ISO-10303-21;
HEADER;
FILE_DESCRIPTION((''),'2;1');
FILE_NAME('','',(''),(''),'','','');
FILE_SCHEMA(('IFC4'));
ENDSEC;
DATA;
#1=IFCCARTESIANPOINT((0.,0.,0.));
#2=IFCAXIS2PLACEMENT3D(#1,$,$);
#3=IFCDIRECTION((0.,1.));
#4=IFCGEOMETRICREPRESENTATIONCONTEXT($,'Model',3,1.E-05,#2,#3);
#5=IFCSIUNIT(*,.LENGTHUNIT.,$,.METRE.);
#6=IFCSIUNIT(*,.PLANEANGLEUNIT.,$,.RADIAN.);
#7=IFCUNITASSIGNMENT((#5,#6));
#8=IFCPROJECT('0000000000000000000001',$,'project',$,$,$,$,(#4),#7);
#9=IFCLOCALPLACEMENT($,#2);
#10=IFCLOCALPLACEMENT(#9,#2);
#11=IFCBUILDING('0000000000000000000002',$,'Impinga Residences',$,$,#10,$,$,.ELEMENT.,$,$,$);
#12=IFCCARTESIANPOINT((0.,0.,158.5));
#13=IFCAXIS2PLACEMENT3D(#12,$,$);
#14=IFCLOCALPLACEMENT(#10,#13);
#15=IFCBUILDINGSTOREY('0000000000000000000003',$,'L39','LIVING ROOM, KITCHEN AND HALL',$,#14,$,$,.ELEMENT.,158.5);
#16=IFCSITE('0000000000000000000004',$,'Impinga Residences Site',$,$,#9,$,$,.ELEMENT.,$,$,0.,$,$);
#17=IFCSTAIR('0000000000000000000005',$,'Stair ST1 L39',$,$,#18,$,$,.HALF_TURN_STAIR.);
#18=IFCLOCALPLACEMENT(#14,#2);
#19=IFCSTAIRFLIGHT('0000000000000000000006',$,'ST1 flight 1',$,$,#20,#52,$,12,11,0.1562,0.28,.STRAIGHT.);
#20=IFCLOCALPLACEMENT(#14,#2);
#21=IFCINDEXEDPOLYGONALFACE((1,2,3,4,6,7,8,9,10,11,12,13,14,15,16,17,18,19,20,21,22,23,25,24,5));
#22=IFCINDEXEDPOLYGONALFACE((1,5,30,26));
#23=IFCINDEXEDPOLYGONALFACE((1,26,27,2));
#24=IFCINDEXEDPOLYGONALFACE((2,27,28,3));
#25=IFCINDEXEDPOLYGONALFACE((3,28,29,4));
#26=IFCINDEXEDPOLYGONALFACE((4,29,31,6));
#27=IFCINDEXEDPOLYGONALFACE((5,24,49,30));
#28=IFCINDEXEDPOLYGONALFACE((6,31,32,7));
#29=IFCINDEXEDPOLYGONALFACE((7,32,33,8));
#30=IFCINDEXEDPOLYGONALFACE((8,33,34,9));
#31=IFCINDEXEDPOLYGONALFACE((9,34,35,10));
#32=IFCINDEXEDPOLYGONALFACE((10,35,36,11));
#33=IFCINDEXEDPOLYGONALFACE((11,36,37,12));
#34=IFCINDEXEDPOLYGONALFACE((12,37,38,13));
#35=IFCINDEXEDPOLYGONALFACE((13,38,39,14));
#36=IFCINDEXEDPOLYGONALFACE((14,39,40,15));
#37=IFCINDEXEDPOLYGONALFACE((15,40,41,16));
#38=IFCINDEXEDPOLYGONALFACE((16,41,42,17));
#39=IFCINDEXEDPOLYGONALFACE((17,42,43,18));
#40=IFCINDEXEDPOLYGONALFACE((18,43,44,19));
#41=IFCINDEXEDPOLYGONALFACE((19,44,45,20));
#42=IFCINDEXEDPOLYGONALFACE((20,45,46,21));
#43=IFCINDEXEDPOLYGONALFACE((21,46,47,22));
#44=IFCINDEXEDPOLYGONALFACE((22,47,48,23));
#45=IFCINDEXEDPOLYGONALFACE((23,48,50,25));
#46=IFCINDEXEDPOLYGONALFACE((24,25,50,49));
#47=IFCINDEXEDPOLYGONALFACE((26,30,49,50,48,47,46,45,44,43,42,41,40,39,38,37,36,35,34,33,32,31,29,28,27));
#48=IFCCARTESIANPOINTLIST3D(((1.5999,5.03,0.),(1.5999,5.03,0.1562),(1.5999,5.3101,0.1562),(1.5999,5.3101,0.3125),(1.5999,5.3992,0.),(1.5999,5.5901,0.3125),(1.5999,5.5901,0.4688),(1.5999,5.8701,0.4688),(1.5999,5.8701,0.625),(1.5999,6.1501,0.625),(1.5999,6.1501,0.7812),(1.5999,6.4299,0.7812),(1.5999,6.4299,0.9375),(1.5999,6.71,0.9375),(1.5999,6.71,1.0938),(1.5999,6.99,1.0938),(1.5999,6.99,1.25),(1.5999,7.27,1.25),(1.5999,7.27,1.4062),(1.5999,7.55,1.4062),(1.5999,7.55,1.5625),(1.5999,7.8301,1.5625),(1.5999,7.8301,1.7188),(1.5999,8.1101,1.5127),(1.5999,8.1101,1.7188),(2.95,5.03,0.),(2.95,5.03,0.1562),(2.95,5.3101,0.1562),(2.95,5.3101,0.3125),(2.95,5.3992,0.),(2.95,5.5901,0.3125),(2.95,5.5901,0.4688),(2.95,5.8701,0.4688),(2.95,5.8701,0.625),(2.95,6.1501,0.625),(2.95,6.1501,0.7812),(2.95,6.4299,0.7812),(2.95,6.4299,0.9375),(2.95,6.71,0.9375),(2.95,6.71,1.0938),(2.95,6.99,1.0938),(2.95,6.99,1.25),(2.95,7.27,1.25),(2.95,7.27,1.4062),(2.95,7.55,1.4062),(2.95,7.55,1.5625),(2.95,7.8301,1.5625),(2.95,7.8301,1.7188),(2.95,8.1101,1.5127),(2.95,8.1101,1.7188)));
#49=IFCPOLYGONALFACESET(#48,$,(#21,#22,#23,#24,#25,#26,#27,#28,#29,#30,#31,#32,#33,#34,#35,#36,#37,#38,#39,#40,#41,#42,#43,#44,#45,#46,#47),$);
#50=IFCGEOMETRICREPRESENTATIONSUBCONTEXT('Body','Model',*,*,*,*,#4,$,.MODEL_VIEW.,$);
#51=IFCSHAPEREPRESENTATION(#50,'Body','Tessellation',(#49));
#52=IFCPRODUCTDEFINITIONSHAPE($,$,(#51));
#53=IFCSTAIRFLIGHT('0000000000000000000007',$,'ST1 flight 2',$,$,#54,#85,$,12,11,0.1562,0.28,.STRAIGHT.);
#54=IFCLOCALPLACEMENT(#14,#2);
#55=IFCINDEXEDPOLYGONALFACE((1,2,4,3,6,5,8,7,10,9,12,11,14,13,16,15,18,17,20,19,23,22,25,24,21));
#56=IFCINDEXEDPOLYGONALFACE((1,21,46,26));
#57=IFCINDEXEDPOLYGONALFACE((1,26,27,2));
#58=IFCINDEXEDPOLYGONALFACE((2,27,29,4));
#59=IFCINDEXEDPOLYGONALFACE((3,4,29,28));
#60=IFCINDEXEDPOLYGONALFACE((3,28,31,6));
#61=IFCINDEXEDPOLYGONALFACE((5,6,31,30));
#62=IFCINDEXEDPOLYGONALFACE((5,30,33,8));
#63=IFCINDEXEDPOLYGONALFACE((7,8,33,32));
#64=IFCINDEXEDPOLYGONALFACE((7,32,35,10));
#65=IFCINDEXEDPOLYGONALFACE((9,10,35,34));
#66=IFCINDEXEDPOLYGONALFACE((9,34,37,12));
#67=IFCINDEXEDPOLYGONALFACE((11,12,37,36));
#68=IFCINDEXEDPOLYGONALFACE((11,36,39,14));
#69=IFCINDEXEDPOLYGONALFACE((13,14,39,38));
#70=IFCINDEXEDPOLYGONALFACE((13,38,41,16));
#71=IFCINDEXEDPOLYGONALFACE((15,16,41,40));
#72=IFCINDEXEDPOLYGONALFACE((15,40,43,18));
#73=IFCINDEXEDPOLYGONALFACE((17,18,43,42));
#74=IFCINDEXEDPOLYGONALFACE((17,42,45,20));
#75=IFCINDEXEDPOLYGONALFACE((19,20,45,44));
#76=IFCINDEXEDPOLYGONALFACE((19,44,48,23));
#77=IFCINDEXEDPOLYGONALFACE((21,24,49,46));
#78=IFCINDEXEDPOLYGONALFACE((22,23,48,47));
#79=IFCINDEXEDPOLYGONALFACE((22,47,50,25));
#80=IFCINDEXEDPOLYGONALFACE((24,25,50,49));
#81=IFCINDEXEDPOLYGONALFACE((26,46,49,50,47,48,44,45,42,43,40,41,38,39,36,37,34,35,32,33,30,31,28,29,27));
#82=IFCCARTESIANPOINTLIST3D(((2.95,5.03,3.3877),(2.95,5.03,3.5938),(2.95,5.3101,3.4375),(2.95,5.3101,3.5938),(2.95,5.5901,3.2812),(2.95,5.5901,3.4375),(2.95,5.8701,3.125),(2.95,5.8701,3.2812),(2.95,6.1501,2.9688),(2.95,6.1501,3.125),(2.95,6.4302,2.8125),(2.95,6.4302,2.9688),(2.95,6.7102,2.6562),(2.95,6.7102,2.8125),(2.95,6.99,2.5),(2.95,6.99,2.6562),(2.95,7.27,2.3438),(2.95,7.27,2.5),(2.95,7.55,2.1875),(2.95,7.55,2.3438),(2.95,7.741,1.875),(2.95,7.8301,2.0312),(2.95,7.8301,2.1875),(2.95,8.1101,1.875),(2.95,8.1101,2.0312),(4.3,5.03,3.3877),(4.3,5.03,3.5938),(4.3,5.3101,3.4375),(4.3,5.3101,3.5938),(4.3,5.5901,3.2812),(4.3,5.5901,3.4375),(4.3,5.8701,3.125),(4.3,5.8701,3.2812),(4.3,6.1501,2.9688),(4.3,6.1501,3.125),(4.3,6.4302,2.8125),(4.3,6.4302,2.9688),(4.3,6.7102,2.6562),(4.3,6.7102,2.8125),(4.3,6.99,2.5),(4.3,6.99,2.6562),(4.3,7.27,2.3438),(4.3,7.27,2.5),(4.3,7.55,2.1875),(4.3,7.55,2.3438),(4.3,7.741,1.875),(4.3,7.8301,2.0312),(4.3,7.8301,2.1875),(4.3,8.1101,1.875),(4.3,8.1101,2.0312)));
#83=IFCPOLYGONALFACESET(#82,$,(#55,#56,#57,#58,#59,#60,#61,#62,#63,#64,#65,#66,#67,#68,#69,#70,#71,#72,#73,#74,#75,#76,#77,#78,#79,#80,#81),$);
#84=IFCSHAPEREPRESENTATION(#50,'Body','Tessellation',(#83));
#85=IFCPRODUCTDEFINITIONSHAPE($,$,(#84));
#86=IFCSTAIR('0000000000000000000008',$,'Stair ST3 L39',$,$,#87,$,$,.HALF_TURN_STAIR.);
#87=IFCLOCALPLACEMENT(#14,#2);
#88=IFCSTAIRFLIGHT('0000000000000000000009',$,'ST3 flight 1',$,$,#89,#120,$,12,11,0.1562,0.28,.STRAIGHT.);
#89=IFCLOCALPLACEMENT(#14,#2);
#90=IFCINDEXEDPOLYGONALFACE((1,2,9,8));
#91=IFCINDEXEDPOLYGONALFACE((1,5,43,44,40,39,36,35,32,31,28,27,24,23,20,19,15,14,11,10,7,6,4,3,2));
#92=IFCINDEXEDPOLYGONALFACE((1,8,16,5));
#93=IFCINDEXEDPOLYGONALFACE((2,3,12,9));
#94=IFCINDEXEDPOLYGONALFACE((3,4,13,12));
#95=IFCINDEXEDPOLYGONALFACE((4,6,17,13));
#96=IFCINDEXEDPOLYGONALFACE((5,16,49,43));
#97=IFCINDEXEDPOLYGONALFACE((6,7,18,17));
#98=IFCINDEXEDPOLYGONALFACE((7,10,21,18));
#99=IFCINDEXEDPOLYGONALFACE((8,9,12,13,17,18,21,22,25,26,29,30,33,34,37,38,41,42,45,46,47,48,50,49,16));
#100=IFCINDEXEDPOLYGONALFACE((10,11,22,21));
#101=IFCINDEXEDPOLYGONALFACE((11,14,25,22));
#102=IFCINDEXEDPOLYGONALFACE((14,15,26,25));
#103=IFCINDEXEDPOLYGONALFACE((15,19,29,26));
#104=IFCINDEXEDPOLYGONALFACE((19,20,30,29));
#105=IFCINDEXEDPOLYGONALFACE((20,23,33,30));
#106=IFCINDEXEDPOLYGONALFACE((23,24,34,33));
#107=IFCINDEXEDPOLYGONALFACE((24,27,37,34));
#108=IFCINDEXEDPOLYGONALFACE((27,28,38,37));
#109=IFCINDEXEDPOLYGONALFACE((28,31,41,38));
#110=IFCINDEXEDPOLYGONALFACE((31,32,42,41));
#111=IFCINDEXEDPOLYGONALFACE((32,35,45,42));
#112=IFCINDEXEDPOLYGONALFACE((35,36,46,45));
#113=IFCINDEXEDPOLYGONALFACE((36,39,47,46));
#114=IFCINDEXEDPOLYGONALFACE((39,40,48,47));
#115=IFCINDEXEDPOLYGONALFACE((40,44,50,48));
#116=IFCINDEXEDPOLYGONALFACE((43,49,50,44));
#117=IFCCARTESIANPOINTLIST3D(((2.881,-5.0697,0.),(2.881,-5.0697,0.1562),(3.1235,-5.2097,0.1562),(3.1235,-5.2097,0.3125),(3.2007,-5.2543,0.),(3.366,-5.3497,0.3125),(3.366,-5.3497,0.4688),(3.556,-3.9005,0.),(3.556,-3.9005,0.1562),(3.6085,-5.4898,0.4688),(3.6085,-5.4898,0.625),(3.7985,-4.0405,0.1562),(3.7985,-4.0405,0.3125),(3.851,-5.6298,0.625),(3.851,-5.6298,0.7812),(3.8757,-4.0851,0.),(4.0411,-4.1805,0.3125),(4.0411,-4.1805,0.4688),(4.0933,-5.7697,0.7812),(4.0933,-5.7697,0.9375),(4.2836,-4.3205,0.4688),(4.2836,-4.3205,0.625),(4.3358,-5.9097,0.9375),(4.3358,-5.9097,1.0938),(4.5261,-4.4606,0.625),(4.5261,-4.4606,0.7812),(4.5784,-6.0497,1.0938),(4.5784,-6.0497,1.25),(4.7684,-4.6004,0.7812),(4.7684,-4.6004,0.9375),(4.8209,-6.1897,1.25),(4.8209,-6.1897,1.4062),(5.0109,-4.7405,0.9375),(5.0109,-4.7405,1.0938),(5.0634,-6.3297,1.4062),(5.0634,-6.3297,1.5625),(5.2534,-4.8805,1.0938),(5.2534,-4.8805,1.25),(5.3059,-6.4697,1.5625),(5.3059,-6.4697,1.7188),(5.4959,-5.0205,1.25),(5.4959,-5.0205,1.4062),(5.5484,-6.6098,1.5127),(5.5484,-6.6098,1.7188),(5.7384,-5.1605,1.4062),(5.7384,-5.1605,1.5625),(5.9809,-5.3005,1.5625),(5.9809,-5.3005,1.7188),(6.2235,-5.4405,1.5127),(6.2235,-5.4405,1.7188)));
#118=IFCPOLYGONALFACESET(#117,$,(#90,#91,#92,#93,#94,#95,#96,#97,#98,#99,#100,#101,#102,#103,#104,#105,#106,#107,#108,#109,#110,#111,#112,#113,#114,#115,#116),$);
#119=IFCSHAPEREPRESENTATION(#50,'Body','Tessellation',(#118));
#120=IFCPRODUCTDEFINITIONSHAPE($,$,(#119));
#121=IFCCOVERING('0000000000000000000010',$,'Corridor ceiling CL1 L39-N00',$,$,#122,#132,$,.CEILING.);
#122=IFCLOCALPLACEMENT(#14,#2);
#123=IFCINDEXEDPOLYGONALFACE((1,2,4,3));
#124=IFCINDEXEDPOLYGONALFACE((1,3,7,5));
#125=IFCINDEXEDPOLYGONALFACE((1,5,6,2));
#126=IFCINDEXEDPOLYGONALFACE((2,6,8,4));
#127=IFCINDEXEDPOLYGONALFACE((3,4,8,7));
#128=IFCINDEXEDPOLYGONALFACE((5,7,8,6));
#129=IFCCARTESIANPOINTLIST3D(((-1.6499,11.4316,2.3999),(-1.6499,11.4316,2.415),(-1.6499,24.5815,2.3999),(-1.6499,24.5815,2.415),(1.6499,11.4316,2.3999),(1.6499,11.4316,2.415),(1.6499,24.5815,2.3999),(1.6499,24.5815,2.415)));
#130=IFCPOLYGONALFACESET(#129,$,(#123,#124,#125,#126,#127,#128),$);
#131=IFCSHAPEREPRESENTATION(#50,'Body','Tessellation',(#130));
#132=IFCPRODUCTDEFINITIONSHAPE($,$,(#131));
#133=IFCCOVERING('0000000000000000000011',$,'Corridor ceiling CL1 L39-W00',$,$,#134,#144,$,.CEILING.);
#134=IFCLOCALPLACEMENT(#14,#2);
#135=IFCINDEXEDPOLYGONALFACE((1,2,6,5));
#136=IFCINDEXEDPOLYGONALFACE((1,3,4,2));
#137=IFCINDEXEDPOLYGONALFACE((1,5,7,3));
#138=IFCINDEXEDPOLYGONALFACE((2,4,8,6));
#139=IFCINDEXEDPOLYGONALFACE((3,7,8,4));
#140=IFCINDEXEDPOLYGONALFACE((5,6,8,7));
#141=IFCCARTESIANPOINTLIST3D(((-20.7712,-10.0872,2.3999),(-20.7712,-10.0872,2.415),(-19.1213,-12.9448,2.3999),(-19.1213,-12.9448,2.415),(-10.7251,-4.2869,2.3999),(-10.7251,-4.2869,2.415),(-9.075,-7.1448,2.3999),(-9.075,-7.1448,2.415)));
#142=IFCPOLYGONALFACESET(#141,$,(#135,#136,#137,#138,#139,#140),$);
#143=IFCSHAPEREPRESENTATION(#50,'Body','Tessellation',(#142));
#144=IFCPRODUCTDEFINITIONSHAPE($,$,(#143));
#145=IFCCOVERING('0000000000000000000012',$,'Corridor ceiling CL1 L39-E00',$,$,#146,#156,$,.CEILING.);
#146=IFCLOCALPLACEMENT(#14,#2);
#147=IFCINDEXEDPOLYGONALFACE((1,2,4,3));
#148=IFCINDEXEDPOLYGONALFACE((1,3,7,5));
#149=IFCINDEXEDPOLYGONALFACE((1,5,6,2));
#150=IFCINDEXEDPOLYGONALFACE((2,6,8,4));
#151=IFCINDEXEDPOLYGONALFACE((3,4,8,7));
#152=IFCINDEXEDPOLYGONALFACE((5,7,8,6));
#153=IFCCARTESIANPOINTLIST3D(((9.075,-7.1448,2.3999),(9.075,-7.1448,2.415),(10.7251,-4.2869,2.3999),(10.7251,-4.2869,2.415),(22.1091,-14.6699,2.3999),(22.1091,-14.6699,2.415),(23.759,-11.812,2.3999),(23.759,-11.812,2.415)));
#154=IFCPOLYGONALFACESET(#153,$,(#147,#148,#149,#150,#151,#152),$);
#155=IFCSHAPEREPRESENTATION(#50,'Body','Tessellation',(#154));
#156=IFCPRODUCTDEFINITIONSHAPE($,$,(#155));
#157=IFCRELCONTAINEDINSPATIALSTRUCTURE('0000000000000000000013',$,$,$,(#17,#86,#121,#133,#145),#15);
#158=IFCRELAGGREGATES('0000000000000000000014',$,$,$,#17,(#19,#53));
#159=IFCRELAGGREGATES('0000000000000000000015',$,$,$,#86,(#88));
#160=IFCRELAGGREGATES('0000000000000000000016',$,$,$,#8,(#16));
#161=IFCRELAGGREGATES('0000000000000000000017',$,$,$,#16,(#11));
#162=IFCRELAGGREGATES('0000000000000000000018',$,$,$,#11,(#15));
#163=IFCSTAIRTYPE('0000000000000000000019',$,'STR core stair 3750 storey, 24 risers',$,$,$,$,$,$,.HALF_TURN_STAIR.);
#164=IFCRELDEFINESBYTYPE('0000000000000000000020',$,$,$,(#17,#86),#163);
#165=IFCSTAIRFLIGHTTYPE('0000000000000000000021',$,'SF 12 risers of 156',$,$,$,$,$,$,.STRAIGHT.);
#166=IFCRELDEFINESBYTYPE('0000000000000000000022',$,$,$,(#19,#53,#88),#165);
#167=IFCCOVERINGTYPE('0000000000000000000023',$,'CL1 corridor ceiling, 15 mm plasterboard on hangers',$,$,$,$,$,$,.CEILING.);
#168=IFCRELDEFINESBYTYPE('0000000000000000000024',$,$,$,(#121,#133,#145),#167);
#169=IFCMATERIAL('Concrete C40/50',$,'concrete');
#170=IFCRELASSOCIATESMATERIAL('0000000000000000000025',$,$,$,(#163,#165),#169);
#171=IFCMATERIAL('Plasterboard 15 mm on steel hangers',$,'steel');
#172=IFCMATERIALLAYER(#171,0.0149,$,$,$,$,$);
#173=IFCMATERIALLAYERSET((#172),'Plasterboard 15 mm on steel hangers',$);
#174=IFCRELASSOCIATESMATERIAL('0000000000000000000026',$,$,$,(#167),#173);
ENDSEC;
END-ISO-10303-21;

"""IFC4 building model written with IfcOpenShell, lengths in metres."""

from ifc_helpers import new_model, si_unit, direction, frame, origin, place, context, subcontext, project, spatial, polyline, outline, extrude, material, layer, layer_set, type_object, element, aggregate, save


model = new_model("IFC4")

# Units and contexts
model_context = context("Model", 3, precision=1e-05, world=origin(), true_north=direction((0.0, 1.0)))
body_context = subcontext(model_context, "Body", "Model", "MODEL_VIEW")
ifc_project = project(units=[si_unit("LENGTHUNIT", "METRE"), si_unit("PLANEANGLEUNIT", "RADIAN")], contexts=[model_context])

# Site, building, storey
site_placement = place(None, origin())
site = spatial("IfcSite", under=ifc_project, at=site_placement, Name="Impinga Residences Site", CompositionType="ELEMENT", RefElevation=0.0)
building_placement = place(site_placement, origin())
building = spatial("IfcBuilding", under=site, at=building_placement, Name="Impinga Residences", CompositionType="ELEMENT")
storey_placement = place(building_placement, frame((0.0, 0.0, 158.5)))
storey = spatial("IfcBuildingStorey", under=building, at=storey_placement, Name="L39", Description="LIVING ROOM, KITCHEN AND HALL", CompositionType="ELEMENT", Elevation=158.5)

# Shared definitions
ifc_material_1 = material(Name="Concrete C40/50", Category="concrete")

# Stair, stair flights
stair_type_1 = type_object("IfcStairType", Name="STR core stair 3750 storey, 24 risers", PredefinedType="HALF_TURN_STAIR", material=ifc_material_1)
stair_1_placement = place(storey_placement, origin())
stair_1 = element("IfcStair", 1, at=stair_1_placement, inside=storey, type_object=stair_type_1, Name="Stair ST1 L39", PredefinedType="HALF_TURN_STAIR")
stair_flight_type = type_object("IfcStairFlightType", Name="SF 12 risers of 156", PredefinedType="STRAIGHT", material=ifc_material_1)
stair_flight_1_placement = place(storey_placement, frame((2.2749, 5.03, 0.0), z_axis=(0.0, 0.0, 1.0), x_axis=(0.0, 1.0, 0.0)))
stair_flight_1 = element("IfcStairFlight", 2, at=stair_flight_1_placement, type_object=stair_flight_type, Name="ST1 flight 1", NumberOfRisers=12, NumberOfTreads=11, PredefinedType="STRAIGHT", RiserHeight=0.1562, TreadLength=0.28, context=body_context, shape_type="SweptSolid", body=[
    extrude(outline(polyline([(0.0, 0.0), (0.0, 0.1562), (0.28, 0.1562), (0.28, 0.3125), (0.5601, 0.3125), (0.5601, 0.4688), (0.8401, 0.4688), (0.8401, 0.625), (1.1201, 0.625), (1.1201, 0.7812), (1.3999, 0.7812), (1.3999, 0.9375), (1.6799, 0.9375), (1.6799, 1.0938), (1.96, 1.0938), (1.96, 1.25), (2.24, 1.25), (2.24, 1.4062), (2.52, 1.4062), (2.52, 1.5625), (2.8, 1.5625), (2.8, 1.7188), (3.0801, 1.7188), (3.0801, 1.875), (3.0801, 1.5127), (0.3691, 0.0), (0.0, 0.0)])), frame((0.0, 0.675, 0.0), z_axis=(0.0, -1.0, 0.0), x_axis=(1.0, 0.0, 0.0)), (0.0, 0.0, 1.0), 1.3501),
])
stair_flight_2_placement = place(storey_placement, frame((3.625, 8.1101, 1.875), z_axis=(0.0, 0.0, 1.0), x_axis=(0.0, -1.0, 0.0)))
stair_flight_2 = element("IfcStairFlight", 3, at=stair_flight_2_placement, type_object=stair_flight_type, Name="ST1 flight 2", NumberOfRisers=12, NumberOfTreads=11, PredefinedType="STRAIGHT", RiserHeight=0.1562, TreadLength=0.28, context=body_context, shape_type="SweptSolid", body=[
    extrude(outline(polyline([(0.0, 0.0), (0.0, 0.1562), (0.28, 0.1562), (0.28, 0.3125), (0.5601, 0.3125), (0.5601, 0.4688), (0.8401, 0.4688), (0.8401, 0.625), (1.1201, 0.625), (1.1201, 0.7812), (1.3999, 0.7812), (1.3999, 0.9375), (1.6799, 0.9375), (1.6799, 1.0938), (1.96, 1.0938), (1.96, 1.25), (2.24, 1.25), (2.24, 1.4062), (2.52, 1.4062), (2.52, 1.5625), (2.8, 1.5625), (2.8, 1.7188), (3.0801, 1.7188), (3.0801, 1.875), (3.0801, 1.5127), (0.3691, 0.0), (0.0, 0.0)])), frame((0.0, 0.675, 0.0), z_axis=(0.0, -1.0, 0.0), x_axis=(1.0, 0.0, 0.0)), (0.0, 0.0, 1.0), 1.3501),
])
aggregate(stair_1, [stair_flight_1, stair_flight_2])

# Stair, stair flight
stair_2_placement = place(storey_placement, origin())
stair_2 = element("IfcStair", 4, at=stair_2_placement, inside=storey, type_object=stair_type_1, Name="Stair ST3 L39", PredefinedType="HALF_TURN_STAIR")
stair_flight_3_placement = place(storey_placement, frame((3.2185, -4.4851, 0.0), z_axis=(0.0, 0.0, 1.0), x_axis=(0.866025, -0.5, 0.0)))
stair_flight_3 = element("IfcStairFlight", 5, at=stair_flight_3_placement, type_object=stair_flight_type, Name="ST3 flight 1", NumberOfRisers=12, NumberOfTreads=11, PredefinedType="STRAIGHT", RiserHeight=0.1562, TreadLength=0.28, context=body_context, shape_type="SweptSolid", body=[
    extrude(outline(polyline([(0.0, 0.0), (0.0, 0.1562), (0.28, 0.1562), (0.28, 0.3125), (0.5601, 0.3125), (0.5601, 0.4688), (0.8401, 0.4688), (0.8401, 0.625), (1.1201, 0.625), (1.1201, 0.7812), (1.3999, 0.7812), (1.3999, 0.9375), (1.6799, 0.9375), (1.6799, 1.0938), (1.96, 1.0938), (1.96, 1.25), (2.24, 1.25), (2.24, 1.4062), (2.52, 1.4062), (2.52, 1.5625), (2.8, 1.5625), (2.8, 1.7188), (3.0801, 1.7188), (3.0801, 1.875), (3.0801, 1.5127), (0.3691, 0.0), (0.0, 0.0)])), frame((0.0, 0.675, 0.0), z_axis=(0.0, -1.0, 0.0), x_axis=(1.0, 0.0, 0.0)), (0.0, 0.0, 1.0), 1.3501),
])
aggregate(stair_2, [stair_flight_3])

# Coverings
ifc_material_2 = material(Name="Plasterboard 15 mm on steel hangers", Category="steel")
ifc_layer_1 = layer(ifc_material_2, 0.0149)
ifc_layer_set_1 = layer_set([ifc_layer_1], Name="Plasterboard 15 mm on steel hangers")
covering_type_1 = type_object("IfcCoveringType", Name="CL1 corridor ceiling, 15 mm plasterboard on hangers", PredefinedType="CEILING", material=ifc_layer_set_1)
covering_1_placement = place(storey_placement, frame((0.0, 0.0, 2.3999)))
element("IfcCovering", 6, at=covering_1_placement, inside=storey, type_object=covering_type_1, Name="Corridor ceiling CL1 L39-N00", PredefinedType="CEILING", context=body_context, shape_type="SweptSolid", body=[
    extrude(outline(polyline([(-1.6499, 11.4316), (1.6499, 11.4316), (1.6499, 24.5815), (-1.6499, 24.5815), (-1.6499, 11.4316)])), origin(), (0.0, 0.0, 1.0), 0.0151),
])
covering_2_placement = place(storey_placement, frame((0.0, 0.0, 2.3999)))
element("IfcCovering", 7, at=covering_2_placement, inside=storey, type_object=covering_type_1, Name="Corridor ceiling CL1 L39-W00", PredefinedType="CEILING", context=body_context, shape_type="SweptSolid", body=[
    extrude(outline(polyline([(-10.7251, -4.2869), (-9.075, -7.1448), (-19.1213, -12.9448), (-20.7712, -10.0872), (-10.7251, -4.2869)])), origin(), (0.0, 0.0, 1.0), 0.0151),
])
covering_3_placement = place(storey_placement, frame((0.0, 0.0, 2.3999)))
element("IfcCovering", 8, at=covering_3_placement, inside=storey, type_object=covering_type_1, Name="Corridor ceiling CL1 L39-E00", PredefinedType="CEILING", context=body_context, shape_type="SweptSolid", body=[
    extrude(outline(polyline([(9.075, -7.1448), (10.7251, -4.2869), (23.759, -11.812), (22.1091, -14.6699), (9.075, -7.1448)])), origin(), (0.0, 0.0, 1.0), 0.0151),
])

save(model, "model.ifc")
